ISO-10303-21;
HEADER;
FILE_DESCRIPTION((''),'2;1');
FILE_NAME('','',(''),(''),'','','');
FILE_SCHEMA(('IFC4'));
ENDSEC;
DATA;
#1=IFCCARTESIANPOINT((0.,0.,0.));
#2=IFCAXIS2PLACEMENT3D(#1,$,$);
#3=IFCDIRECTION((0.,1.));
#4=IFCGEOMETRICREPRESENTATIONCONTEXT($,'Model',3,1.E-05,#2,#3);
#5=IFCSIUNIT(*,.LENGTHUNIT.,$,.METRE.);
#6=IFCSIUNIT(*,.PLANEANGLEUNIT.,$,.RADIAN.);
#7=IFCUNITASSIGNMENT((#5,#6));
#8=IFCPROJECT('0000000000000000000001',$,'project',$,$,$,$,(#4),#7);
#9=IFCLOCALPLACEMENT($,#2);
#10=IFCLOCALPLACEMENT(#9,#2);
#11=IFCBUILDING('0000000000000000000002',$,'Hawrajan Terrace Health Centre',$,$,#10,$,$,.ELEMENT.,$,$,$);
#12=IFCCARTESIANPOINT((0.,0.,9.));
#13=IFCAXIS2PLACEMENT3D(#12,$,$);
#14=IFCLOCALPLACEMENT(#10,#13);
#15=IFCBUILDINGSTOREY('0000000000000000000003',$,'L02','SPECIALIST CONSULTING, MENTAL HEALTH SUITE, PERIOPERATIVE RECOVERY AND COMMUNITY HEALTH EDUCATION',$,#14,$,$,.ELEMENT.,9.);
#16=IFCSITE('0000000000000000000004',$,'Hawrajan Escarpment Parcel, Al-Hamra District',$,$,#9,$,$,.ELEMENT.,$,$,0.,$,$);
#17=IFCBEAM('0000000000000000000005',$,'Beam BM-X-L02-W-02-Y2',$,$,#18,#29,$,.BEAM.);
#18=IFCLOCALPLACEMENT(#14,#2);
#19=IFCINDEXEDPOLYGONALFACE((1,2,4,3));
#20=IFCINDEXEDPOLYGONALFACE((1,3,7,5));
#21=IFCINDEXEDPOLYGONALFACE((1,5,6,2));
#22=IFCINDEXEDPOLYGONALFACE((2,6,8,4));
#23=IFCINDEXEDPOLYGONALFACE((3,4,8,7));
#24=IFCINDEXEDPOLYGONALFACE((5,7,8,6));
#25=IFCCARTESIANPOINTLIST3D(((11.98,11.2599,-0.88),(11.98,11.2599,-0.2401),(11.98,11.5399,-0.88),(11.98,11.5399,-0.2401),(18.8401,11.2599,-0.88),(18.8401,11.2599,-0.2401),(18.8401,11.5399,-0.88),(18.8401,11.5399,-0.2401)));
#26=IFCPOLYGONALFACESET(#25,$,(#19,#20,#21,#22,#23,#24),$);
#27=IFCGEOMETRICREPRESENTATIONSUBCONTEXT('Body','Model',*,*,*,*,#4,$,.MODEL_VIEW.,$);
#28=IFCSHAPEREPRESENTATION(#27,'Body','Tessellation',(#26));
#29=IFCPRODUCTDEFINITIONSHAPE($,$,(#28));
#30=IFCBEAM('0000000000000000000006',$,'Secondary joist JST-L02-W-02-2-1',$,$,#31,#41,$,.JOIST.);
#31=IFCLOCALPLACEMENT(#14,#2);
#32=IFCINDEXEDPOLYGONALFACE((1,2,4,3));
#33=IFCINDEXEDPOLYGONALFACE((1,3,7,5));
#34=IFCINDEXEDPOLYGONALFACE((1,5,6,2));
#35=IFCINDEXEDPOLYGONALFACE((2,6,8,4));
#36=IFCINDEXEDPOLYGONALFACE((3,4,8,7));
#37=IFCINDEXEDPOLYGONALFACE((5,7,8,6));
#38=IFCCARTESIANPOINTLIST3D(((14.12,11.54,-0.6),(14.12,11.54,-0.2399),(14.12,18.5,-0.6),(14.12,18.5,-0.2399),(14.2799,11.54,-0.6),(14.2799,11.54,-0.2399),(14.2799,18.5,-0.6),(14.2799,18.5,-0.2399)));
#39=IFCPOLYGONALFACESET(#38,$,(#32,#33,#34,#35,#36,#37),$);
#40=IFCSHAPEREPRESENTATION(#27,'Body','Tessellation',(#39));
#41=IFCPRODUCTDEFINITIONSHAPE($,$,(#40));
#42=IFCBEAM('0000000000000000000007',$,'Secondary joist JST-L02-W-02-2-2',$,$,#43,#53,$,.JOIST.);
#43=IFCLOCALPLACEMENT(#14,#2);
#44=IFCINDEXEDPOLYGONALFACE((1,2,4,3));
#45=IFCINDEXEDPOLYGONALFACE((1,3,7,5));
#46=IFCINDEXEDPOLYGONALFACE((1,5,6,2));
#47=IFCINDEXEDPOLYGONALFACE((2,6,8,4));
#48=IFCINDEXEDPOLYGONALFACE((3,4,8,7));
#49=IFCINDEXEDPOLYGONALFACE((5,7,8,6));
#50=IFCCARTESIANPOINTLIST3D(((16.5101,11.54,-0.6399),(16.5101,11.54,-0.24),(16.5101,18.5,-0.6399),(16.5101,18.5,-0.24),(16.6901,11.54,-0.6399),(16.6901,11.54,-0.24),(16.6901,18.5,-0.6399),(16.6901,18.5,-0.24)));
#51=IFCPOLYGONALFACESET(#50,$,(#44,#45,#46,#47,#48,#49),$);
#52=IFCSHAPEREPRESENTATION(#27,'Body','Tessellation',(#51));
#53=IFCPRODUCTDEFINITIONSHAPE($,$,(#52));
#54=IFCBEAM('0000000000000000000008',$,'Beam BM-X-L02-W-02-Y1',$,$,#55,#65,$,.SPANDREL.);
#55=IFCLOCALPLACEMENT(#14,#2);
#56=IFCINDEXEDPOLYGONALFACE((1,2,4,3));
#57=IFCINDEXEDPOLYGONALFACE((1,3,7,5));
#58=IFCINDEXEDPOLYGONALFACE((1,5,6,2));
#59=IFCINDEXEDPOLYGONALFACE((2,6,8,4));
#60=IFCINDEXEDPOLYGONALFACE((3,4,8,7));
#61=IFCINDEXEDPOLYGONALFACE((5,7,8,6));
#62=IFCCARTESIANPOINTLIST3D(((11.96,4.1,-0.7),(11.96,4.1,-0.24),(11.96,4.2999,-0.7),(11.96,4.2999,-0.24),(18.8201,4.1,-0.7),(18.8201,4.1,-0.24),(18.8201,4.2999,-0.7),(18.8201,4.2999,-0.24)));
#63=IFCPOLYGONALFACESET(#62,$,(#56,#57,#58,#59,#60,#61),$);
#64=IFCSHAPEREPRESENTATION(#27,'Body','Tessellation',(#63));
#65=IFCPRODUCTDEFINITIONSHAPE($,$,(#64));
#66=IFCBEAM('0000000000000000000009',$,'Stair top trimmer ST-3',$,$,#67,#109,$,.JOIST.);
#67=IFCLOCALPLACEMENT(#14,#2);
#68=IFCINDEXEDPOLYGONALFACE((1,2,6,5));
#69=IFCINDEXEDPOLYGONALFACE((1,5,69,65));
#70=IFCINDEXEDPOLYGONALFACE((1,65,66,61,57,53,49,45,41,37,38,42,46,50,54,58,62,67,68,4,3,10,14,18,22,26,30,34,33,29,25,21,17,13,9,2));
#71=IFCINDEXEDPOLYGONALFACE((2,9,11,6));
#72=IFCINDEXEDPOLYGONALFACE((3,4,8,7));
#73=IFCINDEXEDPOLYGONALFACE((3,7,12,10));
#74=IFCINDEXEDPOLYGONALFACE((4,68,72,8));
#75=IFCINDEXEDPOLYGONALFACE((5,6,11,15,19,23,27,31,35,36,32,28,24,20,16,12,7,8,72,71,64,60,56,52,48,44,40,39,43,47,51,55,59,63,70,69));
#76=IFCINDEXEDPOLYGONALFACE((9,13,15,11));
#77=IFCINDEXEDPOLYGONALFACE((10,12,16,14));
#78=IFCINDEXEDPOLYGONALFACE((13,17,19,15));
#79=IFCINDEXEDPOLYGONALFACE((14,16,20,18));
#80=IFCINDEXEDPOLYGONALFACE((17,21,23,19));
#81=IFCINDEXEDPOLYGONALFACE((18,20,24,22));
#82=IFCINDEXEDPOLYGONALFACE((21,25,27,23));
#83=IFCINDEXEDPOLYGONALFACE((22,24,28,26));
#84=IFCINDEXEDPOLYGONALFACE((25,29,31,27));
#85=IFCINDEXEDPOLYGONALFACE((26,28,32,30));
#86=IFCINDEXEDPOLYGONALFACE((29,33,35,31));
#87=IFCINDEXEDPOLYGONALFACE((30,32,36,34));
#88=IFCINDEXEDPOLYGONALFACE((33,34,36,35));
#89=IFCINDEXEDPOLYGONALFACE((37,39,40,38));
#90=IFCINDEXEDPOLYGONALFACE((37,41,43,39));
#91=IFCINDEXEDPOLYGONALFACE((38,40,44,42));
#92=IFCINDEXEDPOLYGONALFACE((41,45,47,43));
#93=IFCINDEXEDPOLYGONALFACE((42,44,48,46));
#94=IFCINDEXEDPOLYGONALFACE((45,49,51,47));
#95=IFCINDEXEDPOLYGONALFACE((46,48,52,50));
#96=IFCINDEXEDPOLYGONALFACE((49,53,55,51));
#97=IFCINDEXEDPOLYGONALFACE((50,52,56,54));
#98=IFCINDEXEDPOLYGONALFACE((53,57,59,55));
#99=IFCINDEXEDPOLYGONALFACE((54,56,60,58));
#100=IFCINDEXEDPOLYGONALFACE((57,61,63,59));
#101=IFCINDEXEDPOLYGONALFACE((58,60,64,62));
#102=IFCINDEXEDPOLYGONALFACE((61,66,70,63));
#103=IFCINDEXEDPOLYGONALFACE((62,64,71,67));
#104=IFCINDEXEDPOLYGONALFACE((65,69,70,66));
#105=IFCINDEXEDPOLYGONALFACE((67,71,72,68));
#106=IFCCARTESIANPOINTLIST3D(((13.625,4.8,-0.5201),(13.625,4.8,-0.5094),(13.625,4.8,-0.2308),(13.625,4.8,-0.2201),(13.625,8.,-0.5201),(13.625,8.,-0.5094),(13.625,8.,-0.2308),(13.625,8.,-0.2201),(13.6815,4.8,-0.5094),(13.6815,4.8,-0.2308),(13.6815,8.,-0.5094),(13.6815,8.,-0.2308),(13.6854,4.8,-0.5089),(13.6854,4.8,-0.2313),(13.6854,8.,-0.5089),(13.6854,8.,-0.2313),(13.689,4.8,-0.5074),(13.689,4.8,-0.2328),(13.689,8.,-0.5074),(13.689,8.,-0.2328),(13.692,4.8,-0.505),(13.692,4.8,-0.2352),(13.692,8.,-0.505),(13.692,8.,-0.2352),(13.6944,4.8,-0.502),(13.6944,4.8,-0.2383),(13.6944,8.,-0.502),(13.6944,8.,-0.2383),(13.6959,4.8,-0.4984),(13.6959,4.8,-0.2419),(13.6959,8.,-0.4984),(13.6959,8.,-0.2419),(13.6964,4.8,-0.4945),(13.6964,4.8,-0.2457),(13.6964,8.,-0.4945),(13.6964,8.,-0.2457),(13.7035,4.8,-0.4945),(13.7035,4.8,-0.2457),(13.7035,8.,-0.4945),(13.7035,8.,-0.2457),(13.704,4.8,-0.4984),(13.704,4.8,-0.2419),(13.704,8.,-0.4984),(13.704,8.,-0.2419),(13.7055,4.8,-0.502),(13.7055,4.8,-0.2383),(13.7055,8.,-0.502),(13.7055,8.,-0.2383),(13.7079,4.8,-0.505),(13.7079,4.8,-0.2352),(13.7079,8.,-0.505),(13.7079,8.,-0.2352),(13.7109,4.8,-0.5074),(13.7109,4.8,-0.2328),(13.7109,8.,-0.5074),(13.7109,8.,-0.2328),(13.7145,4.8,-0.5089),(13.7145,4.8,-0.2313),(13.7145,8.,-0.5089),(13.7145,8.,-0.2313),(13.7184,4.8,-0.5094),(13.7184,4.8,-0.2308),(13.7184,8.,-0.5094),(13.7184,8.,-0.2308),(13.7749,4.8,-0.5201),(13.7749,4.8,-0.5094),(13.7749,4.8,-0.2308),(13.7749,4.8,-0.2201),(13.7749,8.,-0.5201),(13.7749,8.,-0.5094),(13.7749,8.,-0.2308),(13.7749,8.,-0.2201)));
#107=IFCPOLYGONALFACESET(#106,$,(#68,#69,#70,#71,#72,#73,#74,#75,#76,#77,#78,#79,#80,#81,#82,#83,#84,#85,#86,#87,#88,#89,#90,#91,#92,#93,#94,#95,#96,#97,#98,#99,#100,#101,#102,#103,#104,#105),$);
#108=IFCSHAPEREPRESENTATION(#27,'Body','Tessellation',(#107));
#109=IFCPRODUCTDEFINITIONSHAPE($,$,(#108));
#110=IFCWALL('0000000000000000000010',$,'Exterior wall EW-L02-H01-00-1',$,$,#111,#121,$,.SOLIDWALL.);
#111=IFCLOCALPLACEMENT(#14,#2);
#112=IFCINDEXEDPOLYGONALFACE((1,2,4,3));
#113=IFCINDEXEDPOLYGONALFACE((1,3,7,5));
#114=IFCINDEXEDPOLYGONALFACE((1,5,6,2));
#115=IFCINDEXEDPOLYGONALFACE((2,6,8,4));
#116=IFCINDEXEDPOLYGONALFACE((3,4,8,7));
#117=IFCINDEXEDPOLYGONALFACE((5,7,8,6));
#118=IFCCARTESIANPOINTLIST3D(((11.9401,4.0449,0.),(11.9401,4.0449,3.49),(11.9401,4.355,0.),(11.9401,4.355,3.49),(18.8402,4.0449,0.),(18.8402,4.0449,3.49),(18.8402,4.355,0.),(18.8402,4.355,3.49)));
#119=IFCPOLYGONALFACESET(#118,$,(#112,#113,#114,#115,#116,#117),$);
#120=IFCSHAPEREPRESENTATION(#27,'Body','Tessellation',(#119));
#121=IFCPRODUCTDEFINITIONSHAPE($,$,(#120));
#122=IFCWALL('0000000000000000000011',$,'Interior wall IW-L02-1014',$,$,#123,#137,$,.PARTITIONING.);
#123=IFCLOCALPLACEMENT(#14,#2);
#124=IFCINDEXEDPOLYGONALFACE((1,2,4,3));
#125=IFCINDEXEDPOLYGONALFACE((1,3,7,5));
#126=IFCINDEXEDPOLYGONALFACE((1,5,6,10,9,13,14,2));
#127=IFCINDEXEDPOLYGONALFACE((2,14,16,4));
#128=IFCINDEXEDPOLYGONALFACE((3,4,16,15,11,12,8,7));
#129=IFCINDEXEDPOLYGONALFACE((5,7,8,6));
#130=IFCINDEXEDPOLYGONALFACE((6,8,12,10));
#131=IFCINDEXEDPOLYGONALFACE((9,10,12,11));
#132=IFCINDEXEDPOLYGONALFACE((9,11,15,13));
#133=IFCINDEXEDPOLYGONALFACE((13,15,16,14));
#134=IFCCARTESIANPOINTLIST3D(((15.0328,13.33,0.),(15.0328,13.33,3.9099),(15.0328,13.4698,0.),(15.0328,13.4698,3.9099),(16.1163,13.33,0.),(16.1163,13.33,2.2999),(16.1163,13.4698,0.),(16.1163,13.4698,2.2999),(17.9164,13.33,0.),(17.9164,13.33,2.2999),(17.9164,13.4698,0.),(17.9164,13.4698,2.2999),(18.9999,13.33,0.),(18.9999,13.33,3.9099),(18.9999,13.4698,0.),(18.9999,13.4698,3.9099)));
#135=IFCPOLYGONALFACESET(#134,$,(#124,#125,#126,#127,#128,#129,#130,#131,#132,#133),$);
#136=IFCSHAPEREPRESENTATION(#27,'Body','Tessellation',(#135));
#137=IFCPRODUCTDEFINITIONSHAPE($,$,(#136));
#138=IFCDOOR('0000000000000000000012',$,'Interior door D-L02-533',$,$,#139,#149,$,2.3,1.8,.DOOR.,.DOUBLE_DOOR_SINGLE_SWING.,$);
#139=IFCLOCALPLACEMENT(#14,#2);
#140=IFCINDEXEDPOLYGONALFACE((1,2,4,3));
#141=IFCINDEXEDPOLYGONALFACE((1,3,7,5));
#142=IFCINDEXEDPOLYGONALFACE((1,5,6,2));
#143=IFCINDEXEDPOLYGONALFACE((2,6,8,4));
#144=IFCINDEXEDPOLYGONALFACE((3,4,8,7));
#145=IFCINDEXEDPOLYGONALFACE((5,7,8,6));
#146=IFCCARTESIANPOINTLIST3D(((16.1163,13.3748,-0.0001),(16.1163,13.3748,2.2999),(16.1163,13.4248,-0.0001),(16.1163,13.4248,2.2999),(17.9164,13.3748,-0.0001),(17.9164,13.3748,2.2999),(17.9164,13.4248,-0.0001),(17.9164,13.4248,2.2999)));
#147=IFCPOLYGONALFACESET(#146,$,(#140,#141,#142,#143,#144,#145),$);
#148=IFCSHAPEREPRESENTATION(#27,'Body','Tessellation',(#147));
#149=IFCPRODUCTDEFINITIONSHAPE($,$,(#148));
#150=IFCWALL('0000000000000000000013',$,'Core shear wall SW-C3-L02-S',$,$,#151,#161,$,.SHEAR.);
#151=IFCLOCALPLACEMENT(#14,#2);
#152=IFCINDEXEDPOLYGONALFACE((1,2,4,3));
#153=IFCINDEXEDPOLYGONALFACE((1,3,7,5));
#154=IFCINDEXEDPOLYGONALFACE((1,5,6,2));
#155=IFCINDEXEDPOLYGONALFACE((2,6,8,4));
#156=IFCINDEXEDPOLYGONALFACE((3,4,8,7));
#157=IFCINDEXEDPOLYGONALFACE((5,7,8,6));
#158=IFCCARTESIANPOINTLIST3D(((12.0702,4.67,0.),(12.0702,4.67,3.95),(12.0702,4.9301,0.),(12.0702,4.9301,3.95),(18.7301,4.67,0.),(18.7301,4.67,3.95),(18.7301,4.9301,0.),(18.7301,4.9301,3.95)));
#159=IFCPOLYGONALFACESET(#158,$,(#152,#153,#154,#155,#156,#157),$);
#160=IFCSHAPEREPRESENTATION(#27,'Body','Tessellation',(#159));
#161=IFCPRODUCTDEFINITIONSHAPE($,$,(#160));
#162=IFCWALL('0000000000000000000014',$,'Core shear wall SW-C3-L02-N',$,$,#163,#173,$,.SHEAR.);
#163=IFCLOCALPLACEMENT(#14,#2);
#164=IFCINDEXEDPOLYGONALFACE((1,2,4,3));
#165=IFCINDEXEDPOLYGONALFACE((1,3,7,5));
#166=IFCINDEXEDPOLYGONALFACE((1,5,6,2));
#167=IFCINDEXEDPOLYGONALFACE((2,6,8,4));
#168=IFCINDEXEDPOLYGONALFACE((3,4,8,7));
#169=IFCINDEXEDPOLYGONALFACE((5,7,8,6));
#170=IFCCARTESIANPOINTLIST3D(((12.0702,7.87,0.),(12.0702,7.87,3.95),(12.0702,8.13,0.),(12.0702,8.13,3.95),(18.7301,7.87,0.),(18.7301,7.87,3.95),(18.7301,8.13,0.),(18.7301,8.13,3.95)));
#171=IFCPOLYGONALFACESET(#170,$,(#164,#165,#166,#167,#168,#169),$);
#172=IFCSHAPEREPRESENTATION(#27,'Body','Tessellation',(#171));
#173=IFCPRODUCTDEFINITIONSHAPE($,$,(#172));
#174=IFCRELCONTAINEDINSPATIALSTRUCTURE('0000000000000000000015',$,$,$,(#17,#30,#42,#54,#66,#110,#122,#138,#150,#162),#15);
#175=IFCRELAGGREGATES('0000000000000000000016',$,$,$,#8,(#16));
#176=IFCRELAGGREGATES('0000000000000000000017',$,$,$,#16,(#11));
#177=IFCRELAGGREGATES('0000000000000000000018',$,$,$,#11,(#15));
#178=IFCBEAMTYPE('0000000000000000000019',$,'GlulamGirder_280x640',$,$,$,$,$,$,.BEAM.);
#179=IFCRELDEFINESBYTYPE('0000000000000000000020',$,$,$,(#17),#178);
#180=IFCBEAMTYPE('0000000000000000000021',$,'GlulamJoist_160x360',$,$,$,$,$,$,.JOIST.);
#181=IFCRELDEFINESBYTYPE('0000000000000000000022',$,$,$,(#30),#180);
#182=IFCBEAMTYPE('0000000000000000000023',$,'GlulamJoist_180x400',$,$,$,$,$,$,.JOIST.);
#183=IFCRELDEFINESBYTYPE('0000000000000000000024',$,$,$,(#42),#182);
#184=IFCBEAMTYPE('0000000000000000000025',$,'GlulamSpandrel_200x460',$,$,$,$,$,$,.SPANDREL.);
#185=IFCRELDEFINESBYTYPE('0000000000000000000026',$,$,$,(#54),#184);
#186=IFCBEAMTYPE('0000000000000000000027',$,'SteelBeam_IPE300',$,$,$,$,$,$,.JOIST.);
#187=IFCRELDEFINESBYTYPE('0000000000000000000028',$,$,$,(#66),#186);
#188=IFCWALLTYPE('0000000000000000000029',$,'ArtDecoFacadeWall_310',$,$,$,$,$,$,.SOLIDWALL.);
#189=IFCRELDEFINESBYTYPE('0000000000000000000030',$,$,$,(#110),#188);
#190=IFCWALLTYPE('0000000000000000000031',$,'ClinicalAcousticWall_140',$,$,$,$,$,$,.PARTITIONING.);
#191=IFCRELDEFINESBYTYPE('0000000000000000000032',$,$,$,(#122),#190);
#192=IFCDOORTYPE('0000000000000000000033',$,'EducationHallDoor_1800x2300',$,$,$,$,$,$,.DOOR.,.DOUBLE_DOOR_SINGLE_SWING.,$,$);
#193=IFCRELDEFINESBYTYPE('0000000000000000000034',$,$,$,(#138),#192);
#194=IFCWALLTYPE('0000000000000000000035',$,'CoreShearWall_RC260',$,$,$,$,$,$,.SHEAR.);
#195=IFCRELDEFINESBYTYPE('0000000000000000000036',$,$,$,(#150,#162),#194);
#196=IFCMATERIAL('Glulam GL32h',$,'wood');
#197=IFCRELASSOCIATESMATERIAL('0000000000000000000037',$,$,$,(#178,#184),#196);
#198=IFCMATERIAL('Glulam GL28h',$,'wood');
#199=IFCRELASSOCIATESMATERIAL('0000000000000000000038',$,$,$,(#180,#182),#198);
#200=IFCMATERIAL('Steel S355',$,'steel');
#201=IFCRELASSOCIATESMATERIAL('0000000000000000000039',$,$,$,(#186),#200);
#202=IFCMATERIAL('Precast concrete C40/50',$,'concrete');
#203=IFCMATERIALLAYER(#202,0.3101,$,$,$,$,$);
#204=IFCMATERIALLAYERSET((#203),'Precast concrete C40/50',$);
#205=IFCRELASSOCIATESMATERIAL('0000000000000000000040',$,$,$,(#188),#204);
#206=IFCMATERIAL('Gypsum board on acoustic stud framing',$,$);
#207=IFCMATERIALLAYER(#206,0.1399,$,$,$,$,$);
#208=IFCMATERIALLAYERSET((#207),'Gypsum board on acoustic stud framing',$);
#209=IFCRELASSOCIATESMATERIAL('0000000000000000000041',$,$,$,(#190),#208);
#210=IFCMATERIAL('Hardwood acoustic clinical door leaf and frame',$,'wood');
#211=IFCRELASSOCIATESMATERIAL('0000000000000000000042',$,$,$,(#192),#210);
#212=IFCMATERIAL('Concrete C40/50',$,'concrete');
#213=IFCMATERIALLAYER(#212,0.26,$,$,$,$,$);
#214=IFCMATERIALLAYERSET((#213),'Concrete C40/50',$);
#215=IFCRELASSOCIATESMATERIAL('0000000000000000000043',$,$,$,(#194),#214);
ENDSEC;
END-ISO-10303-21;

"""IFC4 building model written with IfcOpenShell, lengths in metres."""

from ifc_helpers import new_model, si_unit, direction, frame, frame_2d, origin, origin_2d, place, context, subcontext, project, spatial, rectangle, i_section, extrude, material, layer, layer_set, material_profile, profile_set, type_object, element, fill, save


model = new_model("IFC4")

# Units and contexts
model_context = context("Model", 3, precision=1e-05, world=origin(), true_north=direction((0.0, 1.0)))
body_context = subcontext(model_context, "Body", "Model", "MODEL_VIEW")
ifc_project = project(units=[si_unit("LENGTHUNIT", "METRE"), si_unit("PLANEANGLEUNIT", "RADIAN")], contexts=[model_context])

# Site, building, storey
site_placement = place(None, origin())
site = spatial("IfcSite", under=ifc_project, at=site_placement, Name="Hawrajan Escarpment Parcel, Al-Hamra District", CompositionType="ELEMENT", RefElevation=0.0)
building_placement = place(site_placement, origin())
building = spatial("IfcBuilding", under=site, at=building_placement, Name="Hawrajan Terrace Health Centre", CompositionType="ELEMENT")
storey_placement = place(building_placement, frame((0.0, 0.0, 9.0)))
storey = spatial("IfcBuildingStorey", under=building, at=storey_placement, Name="L02", Description="SPECIALIST CONSULTING, MENTAL HEALTH SUITE, PERIOPERATIVE RECOVERY AND COMMUNITY HEALTH EDUCATION", CompositionType="ELEMENT", Elevation=9.0)

# Beams
ifc_material_1 = material(Name="Glulam GL32h", Category="wood")
ifc_material_profile_1 = material_profile(ifc_material_1, rectangle(XDim=0.28, YDim=0.6399, at=origin_2d()), Name="GL BM 280x640")
ifc_profile_set_1 = profile_set([ifc_material_profile_1], Name="Glulam GL32h")
beam_type_1 = type_object("IfcBeamType", Name="GlulamGirder_280x640", PredefinedType="BEAM", material=ifc_profile_set_1)
beam_1_placement = place(storey_placement, frame((11.98, 11.3999, -0.5601), z_axis=(1.0, 0.0, 0.0), x_axis=(0.0, 1.0, 0.0)))
element("IfcBeam", 1, at=beam_1_placement, inside=storey, type_object=beam_type_1, Name="Beam BM-X-L02-W-02-Y2", PredefinedType="BEAM", context=body_context, shape_type="SweptSolid", body=[
    extrude(rectangle(XDim=0.28, YDim=0.6399, at=origin_2d()), origin(), (0.0, 0.0, 1.0), 6.8601),
])
ifc_material_2 = material(Name="Glulam GL28h", Category="wood")
ifc_material_profile_2 = material_profile(ifc_material_2, rectangle(XDim=0.1599, YDim=0.3601, at=origin_2d()), Name="GL JST 160x360")
ifc_profile_set_2 = profile_set([ifc_material_profile_2], Name="Glulam GL28h")
beam_type_2 = type_object("IfcBeamType", Name="GlulamJoist_160x360", PredefinedType="JOIST", material=ifc_profile_set_2)
beam_2_placement = place(storey_placement, frame((14.2, 11.54, -0.4199), z_axis=(0.0, 1.0, 0.0), x_axis=(-1.0, 0.0, 0.0)))
element("IfcBeam", 2, at=beam_2_placement, inside=storey, type_object=beam_type_2, Name="Secondary joist JST-L02-W-02-2-1", PredefinedType="JOIST", context=body_context, shape_type="SweptSolid", body=[
    extrude(rectangle(XDim=0.1599, YDim=0.3601, at=origin_2d()), origin(), (0.0, 0.0, 1.0), 6.96),
])
ifc_material_profile_3 = material_profile(ifc_material_2, rectangle(XDim=0.1799, YDim=0.3999, at=origin_2d()), Name="GL JST 180x400")
ifc_profile_set_3 = profile_set([ifc_material_profile_3], Name="Glulam GL28h")
beam_type_3 = type_object("IfcBeamType", Name="GlulamJoist_180x400", PredefinedType="JOIST", material=ifc_profile_set_3)
beam_3_placement = place(storey_placement, frame((16.6001, 11.54, -0.4399), z_axis=(0.0, 1.0, 0.0), x_axis=(-1.0, 0.0, 0.0)))
element("IfcBeam", 3, at=beam_3_placement, inside=storey, type_object=beam_type_3, Name="Secondary joist JST-L02-W-02-2-2", PredefinedType="JOIST", context=body_context, shape_type="SweptSolid", body=[
    extrude(rectangle(XDim=0.1799, YDim=0.3999, at=origin_2d()), origin(), (0.0, 0.0, 1.0), 6.96),
])
ifc_material_profile_4 = material_profile(ifc_material_1, rectangle(XDim=0.2, YDim=0.46, at=origin_2d()), Name="GL SP 200x460")
ifc_profile_set_4 = profile_set([ifc_material_profile_4], Name="Glulam GL32h")
beam_type_4 = type_object("IfcBeamType", Name="GlulamSpandrel_200x460", PredefinedType="SPANDREL", material=ifc_profile_set_4)
beam_4_placement = place(storey_placement, frame((11.96, 4.2, -0.47), z_axis=(1.0, 0.0, 0.0), x_axis=(0.0, 1.0, 0.0)))
element("IfcBeam", 4, at=beam_4_placement, inside=storey, type_object=beam_type_4, Name="Beam BM-X-L02-W-02-Y1", PredefinedType="SPANDREL", context=body_context, shape_type="SweptSolid", body=[
    extrude(rectangle(XDim=0.2, YDim=0.46, at=origin_2d()), origin(), (0.0, 0.0, 1.0), 6.8601),
])
ifc_material_3 = material(Name="Steel S355", Category="steel")
ifc_material_profile_5 = material_profile(ifc_material_3, i_section(OverallWidth=0.1499, OverallDepth=0.3, WebThickness=0.0071, FlangeThickness=0.0107, FilletRadius=0.0149, at=origin_2d()), Name="IPE 300")
ifc_profile_set_5 = profile_set([ifc_material_profile_5], Name="Steel S355")
beam_type_5 = type_object("IfcBeamType", Name="SteelBeam_IPE300", PredefinedType="JOIST", material=ifc_profile_set_5)
beam_5_placement = place(storey_placement, frame((13.7, 4.8, -0.3701), z_axis=(0.0, 1.0, 0.0), x_axis=(-1.0, 0.0, 0.0)))
element("IfcBeam", 5, at=beam_5_placement, inside=storey, type_object=beam_type_5, Name="Stair top trimmer ST-3", PredefinedType="JOIST", context=body_context, shape_type="SweptSolid", body=[
    extrude(i_section(OverallWidth=0.1499, OverallDepth=0.3, WebThickness=0.0071, FlangeThickness=0.0107, FilletRadius=0.0149, at=origin_2d()), origin(), (0.0, 0.0, 1.0), 3.2),
])

# Wall
ifc_material_4 = material(Name="Precast concrete C40/50", Category="concrete")
ifc_layer_1 = layer(ifc_material_4, 0.3101)
ifc_layer_set_1 = layer_set([ifc_layer_1], Name="Precast concrete C40/50")
wall_type_1 = type_object("IfcWallType", Name="ArtDecoFacadeWall_310", PredefinedType="SOLIDWALL", material=ifc_layer_set_1)
wall_1_placement = place(storey_placement, frame((11.9399, 4.2, 0.0), z_axis=(0.0, 0.0, 1.0), x_axis=(1.0, 0.0, 0.0)))
element("IfcWall", 6, at=wall_1_placement, inside=storey, type_object=wall_type_1, Name="Exterior wall EW-L02-H01-00-1", PredefinedType="SOLIDWALL", context=body_context, shape_type="SweptSolid", body=[
    extrude(rectangle(XDim=6.9001, YDim=0.3101, at=frame_2d((3.4502, 0.0))), origin(), (0.0, 0.0, 1.0), 3.49),
])
ifc_material_5 = material(Name="Gypsum board on acoustic stud framing")
ifc_layer_2 = layer(ifc_material_5, 0.1399)
ifc_layer_set_2 = layer_set([ifc_layer_2], Name="Gypsum board on acoustic stud framing")
wall_type_2 = type_object("IfcWallType", Name="ClinicalAcousticWall_140", PredefinedType="PARTITIONING", material=ifc_layer_set_2)

# Wall, opening, door
wall_2_placement = place(storey_placement, frame((15.033, 13.3999, 0.0), z_axis=(0.0, 0.0, 1.0), x_axis=(1.0, 0.0, 0.0)))
wall_2 = element("IfcWall", 7, at=wall_2_placement, inside=storey, type_object=wall_type_2, Name="Interior wall IW-L02-1014", PredefinedType="PARTITIONING", context=body_context, shape_type="SweptSolid", body=[
    extrude(rectangle(XDim=3.967, YDim=0.1399, at=frame_2d((1.9834, 0.0))), origin(), (0.0, 0.0, 1.0), 3.9099),
])
opening_1_placement = place(wall_2_placement, frame((1.0835, 0.0, 0.0)))
opening_1 = element("IfcOpeningElement", 8, at=opening_1_placement, cuts=wall_2, PredefinedType="OPENING", context=body_context, shape_type="SweptSolid", body=[
    extrude(rectangle(XDim=1.8, YDim=2.3, at=frame_2d((0.8999, 1.1499))), frame((0.0, 0.0798, 0.0), z_axis=(0.0, -1.0, 0.0), x_axis=(1.0, 0.0, 0.0)), (0.0, 0.0, 1.0), 0.1599),
])
ifc_material_6 = material(Name="Hardwood acoustic clinical door leaf and frame", Category="wood")
door_type_1 = type_object("IfcDoorType", Name="EducationHallDoor_1800x2300", OperationType="DOUBLE_DOOR_SINGLE_SWING", PredefinedType="DOOR", material=ifc_material_6)
door_1_placement = place(opening_1_placement, origin())
door_1 = element("IfcDoor", 9, at=door_1_placement, inside=storey, type_object=door_type_1, Name="Interior door D-L02-533", OperationType="DOUBLE_DOOR_SINGLE_SWING", OverallHeight=2.3, OverallWidth=1.8, PredefinedType="DOOR", context=body_context, shape_type="SweptSolid", body=[
    extrude(rectangle(XDim=1.8, YDim=2.3, at=frame_2d((0.8999, 1.1499))), frame((0.0, 0.0249, 0.0), z_axis=(0.0, -1.0, 0.0), x_axis=(1.0, 0.0, 0.0)), (0.0, 0.0, 1.0), 0.05),
])
fill(opening_1, door_1)

# Walls
ifc_material_7 = material(Name="Concrete C40/50", Category="concrete")
ifc_layer_3 = layer(ifc_material_7, 0.26)
ifc_layer_set_3 = layer_set([ifc_layer_3], Name="Concrete C40/50")
wall_type_3 = type_object("IfcWallType", Name="CoreShearWall_RC260", PredefinedType="SHEAR", material=ifc_layer_set_3)
for number, where, z_axis, x_axis, name in (
    (10, (12.0701, 4.8, 0.0), (0.0, 0.0, 1.0), (1.0, 0.0, 0.0), "Core shear wall SW-C3-L02-S"),
    (11, (12.0701, 8.0, 0.0), (0.0, 0.0, 1.0), (1.0, 0.0, 0.0), "Core shear wall SW-C3-L02-N"),
):
    element("IfcWall", number, at=place(storey_placement, frame(where, z_axis=z_axis, x_axis=x_axis)), inside=storey, type_object=wall_type_3, Name=name, PredefinedType="SHEAR", context=body_context, shape_type="SweptSolid", body=[
        extrude(rectangle(XDim=6.6599, YDim=0.26, at=frame_2d((3.3301, 0.0))), origin(), (0.0, 0.0, 1.0), 3.95),
    ])

save(model, "model.ifc")
